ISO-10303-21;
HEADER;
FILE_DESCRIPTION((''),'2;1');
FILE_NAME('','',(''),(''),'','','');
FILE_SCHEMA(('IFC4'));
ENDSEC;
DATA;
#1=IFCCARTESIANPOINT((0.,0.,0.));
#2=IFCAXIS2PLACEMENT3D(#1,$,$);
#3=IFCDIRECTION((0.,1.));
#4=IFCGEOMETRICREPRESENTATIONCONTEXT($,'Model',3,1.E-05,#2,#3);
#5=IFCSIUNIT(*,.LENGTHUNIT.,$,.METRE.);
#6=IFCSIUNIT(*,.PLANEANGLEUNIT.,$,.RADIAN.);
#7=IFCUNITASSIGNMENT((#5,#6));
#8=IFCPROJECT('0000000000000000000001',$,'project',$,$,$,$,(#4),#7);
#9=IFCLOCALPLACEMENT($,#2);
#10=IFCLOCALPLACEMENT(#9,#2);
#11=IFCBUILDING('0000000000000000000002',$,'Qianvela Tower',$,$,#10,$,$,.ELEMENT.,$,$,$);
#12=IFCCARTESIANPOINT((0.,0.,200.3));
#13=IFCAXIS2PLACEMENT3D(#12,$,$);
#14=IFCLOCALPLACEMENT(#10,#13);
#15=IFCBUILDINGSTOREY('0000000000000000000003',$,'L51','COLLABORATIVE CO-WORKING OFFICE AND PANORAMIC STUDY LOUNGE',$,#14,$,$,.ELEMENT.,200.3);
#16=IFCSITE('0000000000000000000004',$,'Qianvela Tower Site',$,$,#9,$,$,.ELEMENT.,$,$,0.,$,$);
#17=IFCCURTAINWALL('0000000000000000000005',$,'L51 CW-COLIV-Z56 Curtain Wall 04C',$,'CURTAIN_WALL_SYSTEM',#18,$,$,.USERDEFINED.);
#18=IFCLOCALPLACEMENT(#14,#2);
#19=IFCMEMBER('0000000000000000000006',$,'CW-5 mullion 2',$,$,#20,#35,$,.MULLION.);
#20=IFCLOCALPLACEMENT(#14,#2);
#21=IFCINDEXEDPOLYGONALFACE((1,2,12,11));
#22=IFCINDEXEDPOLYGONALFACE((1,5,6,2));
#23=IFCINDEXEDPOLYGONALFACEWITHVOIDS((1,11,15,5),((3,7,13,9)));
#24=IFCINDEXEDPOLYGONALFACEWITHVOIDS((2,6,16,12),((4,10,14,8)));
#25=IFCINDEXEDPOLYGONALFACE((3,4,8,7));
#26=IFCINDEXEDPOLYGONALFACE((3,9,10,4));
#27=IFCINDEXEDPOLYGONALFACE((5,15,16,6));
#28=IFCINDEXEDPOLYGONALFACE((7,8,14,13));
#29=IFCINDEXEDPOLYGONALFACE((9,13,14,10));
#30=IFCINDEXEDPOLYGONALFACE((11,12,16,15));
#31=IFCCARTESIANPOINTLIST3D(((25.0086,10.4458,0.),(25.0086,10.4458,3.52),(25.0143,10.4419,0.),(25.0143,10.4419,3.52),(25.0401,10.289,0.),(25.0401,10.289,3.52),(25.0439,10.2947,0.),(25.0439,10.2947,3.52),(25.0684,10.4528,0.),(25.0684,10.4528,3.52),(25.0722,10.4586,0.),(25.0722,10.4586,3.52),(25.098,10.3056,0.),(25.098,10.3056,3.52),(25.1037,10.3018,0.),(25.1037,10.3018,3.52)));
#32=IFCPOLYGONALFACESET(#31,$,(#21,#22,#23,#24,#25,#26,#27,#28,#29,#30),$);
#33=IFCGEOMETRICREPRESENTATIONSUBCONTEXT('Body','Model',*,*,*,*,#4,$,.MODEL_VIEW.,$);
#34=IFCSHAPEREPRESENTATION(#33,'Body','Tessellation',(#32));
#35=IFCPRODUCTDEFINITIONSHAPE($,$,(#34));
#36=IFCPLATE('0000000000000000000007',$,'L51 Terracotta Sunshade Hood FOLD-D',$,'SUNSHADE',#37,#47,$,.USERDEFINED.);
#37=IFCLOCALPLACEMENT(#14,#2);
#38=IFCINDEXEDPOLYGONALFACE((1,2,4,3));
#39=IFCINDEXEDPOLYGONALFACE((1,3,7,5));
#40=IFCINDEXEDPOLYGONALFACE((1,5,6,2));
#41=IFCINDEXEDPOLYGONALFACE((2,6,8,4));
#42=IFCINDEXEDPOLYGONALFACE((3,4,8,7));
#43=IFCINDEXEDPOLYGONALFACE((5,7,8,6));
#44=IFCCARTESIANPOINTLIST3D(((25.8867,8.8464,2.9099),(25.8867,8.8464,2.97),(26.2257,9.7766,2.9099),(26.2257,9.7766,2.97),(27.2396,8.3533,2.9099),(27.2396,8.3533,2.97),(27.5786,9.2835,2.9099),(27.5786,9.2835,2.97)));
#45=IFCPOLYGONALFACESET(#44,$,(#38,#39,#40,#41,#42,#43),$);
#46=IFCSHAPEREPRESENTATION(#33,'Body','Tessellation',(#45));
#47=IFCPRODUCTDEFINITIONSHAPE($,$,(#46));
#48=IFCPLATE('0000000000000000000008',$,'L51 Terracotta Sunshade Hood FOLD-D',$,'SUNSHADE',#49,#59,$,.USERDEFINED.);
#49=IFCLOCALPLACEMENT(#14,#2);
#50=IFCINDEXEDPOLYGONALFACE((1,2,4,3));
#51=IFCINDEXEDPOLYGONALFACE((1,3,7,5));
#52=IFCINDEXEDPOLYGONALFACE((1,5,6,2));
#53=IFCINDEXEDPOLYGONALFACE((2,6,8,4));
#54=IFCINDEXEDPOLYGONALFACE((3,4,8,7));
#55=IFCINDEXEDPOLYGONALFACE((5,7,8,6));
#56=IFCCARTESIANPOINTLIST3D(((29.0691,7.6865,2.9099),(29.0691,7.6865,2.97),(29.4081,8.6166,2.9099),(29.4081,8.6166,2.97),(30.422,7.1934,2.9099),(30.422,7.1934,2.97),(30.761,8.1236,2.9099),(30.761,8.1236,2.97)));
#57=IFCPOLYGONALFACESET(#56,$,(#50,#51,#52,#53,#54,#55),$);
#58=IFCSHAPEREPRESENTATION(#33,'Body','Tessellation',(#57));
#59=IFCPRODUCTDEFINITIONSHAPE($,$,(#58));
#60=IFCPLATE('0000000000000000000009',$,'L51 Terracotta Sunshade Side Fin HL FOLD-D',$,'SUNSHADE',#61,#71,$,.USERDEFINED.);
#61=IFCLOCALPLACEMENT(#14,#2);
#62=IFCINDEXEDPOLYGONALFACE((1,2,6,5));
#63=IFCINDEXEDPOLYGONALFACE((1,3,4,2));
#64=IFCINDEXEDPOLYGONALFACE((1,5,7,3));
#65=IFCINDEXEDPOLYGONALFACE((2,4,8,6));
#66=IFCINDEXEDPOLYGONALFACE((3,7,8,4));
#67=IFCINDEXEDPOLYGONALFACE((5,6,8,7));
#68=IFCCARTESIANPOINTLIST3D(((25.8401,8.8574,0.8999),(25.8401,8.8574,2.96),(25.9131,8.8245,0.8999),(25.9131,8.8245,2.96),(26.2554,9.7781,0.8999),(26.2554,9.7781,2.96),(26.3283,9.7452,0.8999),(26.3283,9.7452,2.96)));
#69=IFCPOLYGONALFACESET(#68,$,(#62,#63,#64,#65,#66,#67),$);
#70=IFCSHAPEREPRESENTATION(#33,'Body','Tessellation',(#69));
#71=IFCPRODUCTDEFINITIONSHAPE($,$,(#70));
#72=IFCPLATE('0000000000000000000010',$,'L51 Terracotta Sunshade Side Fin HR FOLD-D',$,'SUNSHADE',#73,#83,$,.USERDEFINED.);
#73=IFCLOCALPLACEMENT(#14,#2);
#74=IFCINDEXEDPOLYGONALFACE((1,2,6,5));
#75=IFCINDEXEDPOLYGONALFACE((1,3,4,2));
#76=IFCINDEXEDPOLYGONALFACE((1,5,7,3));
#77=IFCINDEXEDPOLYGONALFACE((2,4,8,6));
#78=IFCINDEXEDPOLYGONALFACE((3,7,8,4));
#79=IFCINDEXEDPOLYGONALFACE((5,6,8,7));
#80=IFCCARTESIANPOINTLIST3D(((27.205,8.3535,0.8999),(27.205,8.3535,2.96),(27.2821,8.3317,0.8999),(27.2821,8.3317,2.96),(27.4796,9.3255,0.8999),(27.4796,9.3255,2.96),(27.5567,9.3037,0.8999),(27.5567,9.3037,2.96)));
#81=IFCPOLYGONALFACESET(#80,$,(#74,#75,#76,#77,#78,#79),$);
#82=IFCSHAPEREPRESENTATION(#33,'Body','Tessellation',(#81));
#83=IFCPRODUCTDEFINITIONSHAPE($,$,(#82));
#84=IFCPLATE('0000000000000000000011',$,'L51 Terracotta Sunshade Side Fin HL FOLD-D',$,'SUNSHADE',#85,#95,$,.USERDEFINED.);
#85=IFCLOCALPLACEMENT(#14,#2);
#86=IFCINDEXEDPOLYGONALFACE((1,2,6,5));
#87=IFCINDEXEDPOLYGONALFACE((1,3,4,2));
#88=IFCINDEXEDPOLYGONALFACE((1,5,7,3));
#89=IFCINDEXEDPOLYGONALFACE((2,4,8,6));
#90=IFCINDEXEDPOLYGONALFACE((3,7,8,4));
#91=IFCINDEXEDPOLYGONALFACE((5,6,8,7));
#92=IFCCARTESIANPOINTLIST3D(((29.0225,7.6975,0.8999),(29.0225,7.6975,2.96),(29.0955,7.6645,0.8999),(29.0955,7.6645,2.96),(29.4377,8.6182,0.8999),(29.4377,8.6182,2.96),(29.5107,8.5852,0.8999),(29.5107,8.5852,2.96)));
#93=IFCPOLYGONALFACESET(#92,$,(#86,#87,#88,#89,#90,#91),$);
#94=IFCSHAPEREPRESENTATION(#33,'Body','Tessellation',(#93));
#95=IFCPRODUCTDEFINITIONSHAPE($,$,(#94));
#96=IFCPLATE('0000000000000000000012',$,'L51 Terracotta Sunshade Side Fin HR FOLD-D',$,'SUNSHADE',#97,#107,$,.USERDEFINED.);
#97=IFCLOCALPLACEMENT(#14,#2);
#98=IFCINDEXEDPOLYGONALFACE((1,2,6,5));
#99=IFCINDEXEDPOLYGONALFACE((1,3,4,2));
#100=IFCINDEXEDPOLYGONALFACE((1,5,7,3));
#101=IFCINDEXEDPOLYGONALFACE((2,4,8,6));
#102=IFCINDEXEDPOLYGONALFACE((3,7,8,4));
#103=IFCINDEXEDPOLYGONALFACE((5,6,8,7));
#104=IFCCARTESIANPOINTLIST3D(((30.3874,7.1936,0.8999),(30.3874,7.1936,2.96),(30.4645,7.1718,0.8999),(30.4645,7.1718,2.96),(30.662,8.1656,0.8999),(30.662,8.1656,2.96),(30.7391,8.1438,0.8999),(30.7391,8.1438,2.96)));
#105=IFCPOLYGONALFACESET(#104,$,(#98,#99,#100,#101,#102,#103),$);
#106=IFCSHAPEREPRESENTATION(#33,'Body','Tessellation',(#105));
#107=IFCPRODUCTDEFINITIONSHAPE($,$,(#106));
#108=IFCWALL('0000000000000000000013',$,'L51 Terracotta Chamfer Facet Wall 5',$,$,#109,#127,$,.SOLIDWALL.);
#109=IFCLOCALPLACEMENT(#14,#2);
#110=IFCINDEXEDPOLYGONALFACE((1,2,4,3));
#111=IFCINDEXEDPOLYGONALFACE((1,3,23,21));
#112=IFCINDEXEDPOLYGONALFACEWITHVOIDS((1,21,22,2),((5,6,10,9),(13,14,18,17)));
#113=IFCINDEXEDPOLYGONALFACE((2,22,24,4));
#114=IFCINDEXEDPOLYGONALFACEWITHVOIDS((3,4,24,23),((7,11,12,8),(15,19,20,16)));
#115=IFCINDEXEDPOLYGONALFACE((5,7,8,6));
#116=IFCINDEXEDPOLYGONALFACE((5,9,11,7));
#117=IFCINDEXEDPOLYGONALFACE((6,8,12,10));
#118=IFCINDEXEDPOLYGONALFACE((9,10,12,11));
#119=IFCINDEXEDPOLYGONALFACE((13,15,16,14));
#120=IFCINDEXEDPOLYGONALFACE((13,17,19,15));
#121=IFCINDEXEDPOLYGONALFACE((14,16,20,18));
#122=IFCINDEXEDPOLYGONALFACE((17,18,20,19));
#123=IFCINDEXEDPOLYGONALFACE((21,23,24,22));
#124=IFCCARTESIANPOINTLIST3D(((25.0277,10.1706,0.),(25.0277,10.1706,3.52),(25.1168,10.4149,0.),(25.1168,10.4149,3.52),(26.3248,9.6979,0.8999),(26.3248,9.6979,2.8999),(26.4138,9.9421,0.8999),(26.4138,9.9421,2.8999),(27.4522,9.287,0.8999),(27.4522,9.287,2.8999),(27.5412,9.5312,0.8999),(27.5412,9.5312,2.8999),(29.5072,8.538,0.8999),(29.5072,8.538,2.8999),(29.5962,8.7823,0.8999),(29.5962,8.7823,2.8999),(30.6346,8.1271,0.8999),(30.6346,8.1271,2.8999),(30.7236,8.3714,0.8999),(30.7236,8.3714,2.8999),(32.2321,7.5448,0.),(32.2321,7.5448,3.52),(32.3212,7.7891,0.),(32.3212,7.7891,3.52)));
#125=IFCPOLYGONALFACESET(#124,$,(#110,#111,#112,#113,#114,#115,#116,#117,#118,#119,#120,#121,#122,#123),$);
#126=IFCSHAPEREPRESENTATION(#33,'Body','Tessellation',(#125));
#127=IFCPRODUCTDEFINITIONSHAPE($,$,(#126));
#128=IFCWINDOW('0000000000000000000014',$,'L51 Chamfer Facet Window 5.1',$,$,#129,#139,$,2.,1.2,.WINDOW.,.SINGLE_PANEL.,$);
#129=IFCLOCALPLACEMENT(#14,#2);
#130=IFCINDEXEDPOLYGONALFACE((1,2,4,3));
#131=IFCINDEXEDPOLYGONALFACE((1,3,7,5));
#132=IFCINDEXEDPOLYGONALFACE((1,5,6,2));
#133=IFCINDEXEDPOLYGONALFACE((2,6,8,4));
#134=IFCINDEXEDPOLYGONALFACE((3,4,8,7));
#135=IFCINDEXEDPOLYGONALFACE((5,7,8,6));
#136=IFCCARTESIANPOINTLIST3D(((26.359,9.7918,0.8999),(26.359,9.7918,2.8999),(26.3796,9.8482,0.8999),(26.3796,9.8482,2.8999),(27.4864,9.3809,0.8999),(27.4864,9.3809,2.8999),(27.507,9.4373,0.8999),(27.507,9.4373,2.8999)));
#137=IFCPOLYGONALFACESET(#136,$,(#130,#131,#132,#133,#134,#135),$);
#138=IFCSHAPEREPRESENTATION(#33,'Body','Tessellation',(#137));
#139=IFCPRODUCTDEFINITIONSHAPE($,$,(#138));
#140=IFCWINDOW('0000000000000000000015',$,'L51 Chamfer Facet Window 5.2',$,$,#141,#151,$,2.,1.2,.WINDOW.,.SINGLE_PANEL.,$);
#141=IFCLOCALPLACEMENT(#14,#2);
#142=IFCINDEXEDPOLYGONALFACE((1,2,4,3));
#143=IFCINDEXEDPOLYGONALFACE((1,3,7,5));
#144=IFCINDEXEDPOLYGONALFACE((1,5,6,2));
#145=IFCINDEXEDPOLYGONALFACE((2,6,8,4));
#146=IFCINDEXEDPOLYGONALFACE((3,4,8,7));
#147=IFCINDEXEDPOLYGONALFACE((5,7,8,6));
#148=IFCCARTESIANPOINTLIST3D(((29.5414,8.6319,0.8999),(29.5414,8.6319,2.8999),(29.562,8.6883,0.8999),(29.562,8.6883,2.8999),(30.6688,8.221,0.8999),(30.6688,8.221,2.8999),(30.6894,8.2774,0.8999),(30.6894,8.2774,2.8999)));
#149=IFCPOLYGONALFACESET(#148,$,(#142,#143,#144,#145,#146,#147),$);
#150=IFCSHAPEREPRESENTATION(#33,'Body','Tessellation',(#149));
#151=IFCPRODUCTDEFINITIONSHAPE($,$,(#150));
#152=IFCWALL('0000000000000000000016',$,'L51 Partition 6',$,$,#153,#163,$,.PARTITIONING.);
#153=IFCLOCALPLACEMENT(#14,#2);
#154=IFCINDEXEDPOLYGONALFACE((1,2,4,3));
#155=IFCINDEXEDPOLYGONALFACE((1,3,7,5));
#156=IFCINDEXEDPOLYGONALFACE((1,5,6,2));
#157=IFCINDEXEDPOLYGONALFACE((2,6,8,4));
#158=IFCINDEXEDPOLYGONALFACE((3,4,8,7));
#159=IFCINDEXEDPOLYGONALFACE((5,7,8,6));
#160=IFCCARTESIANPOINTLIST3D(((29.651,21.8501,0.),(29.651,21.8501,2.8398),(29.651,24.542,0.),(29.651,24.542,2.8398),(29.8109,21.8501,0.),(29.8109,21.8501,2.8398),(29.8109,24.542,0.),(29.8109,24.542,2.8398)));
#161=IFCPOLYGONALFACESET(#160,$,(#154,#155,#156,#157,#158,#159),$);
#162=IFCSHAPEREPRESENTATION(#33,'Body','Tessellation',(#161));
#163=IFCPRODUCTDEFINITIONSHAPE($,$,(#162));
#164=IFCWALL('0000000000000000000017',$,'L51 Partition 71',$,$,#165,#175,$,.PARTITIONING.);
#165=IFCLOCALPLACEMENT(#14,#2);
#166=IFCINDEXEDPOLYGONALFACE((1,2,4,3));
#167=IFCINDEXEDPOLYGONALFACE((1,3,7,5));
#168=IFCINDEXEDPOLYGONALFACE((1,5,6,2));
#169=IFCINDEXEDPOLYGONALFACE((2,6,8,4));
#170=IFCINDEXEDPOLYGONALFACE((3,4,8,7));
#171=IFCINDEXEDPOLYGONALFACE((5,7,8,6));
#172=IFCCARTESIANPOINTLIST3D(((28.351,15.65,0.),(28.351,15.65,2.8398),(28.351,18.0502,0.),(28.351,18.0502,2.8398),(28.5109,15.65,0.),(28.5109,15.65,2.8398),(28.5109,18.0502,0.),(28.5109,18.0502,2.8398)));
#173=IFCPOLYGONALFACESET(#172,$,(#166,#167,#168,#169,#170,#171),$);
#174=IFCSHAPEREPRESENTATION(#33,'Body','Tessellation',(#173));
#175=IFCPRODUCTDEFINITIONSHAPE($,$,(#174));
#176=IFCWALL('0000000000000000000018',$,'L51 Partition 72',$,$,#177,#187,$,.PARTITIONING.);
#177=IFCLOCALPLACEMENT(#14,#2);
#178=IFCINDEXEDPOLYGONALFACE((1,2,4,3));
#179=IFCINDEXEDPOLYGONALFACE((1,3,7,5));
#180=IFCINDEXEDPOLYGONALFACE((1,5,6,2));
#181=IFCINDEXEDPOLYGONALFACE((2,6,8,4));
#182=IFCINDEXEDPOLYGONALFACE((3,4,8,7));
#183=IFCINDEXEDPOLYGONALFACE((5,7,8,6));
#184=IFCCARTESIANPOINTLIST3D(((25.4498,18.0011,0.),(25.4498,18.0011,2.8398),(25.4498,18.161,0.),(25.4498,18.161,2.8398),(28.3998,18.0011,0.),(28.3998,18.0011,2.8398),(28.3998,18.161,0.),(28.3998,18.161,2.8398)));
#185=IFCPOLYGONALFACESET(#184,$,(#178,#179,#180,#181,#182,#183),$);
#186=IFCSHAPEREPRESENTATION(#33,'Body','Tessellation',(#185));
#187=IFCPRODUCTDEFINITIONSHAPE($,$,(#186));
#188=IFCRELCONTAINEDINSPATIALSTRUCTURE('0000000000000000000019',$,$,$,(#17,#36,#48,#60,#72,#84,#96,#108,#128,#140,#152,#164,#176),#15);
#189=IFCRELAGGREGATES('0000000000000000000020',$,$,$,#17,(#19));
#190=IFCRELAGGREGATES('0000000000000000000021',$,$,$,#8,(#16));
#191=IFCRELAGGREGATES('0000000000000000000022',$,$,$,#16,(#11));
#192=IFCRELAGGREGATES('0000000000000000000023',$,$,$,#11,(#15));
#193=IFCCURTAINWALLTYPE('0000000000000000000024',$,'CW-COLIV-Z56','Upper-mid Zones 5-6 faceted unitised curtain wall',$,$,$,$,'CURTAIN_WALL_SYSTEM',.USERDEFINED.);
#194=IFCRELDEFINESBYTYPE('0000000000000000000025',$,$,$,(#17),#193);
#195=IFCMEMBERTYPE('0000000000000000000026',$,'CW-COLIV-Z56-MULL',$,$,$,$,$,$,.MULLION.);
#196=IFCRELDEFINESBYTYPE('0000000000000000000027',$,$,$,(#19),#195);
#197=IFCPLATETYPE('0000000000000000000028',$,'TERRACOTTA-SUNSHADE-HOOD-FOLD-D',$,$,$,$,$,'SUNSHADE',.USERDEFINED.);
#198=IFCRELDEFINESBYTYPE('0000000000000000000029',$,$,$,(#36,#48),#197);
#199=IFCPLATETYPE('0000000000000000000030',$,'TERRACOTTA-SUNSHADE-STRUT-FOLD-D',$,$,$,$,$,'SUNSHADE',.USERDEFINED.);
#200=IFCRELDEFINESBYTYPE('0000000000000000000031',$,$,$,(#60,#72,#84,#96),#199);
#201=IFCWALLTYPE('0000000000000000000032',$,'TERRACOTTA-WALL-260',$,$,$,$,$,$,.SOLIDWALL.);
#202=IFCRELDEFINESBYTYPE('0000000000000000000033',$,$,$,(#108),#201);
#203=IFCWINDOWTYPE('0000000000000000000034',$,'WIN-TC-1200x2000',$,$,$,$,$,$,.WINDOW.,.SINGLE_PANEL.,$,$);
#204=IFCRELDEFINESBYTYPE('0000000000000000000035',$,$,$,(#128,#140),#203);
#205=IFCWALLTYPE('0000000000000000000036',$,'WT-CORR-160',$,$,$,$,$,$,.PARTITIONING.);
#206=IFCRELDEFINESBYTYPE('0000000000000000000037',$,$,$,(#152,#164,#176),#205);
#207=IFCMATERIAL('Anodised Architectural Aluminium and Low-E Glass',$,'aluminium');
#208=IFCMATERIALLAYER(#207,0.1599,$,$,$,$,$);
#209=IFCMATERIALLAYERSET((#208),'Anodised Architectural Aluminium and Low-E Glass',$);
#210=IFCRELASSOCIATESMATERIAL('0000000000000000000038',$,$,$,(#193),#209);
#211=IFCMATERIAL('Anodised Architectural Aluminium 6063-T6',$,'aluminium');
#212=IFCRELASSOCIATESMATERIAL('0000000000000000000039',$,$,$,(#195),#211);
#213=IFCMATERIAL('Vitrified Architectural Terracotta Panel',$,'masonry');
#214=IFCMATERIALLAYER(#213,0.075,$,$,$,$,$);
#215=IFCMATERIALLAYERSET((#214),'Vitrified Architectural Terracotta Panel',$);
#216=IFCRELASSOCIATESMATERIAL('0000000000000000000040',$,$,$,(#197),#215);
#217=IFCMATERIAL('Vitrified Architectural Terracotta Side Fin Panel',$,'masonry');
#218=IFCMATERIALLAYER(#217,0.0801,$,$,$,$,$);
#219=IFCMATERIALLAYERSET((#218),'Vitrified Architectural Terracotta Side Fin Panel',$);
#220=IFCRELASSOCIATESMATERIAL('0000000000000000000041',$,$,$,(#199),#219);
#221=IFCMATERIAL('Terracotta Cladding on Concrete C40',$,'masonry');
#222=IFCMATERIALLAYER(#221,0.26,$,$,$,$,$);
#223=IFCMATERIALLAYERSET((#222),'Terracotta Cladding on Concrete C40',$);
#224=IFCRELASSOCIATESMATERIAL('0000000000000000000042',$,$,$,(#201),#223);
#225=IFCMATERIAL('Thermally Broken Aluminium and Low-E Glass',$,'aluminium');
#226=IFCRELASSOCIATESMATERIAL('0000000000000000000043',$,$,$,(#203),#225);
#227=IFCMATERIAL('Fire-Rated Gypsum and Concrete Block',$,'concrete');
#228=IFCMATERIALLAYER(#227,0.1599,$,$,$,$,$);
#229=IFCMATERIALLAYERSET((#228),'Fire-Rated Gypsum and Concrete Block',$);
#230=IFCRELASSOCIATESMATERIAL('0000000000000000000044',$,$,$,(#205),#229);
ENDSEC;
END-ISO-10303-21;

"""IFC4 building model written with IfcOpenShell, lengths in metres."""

from ifc_helpers import new_model, si_unit, direction, frame, frame_2d, origin, origin_2d, place, context, subcontext, project, spatial, rectangle, hollow_rectangle, extrude, material, layer, layer_set, material_profile, profile_set, type_object, element, fill, aggregate, save


model = new_model("IFC4")

# Units and contexts
model_context = context("Model", 3, precision=1e-05, world=origin(), true_north=direction((0.0, 1.0)))
body_context = subcontext(model_context, "Body", "Model", "MODEL_VIEW")
ifc_project = project(units=[si_unit("LENGTHUNIT", "METRE"), si_unit("PLANEANGLEUNIT", "RADIAN")], contexts=[model_context])

# Site, building, storey
site_placement = place(None, origin())
site = spatial("IfcSite", under=ifc_project, at=site_placement, Name="Qianvela Tower Site", CompositionType="ELEMENT", RefElevation=0.0)
building_placement = place(site_placement, origin())
building = spatial("IfcBuilding", under=site, at=building_placement, Name="Qianvela Tower", CompositionType="ELEMENT")
storey_placement = place(building_placement, frame((0.0, 0.0, 200.3)))
storey = spatial("IfcBuildingStorey", under=building, at=storey_placement, Name="L51", Description="COLLABORATIVE CO-WORKING OFFICE AND PANORAMIC STUDY LOUNGE", CompositionType="ELEMENT", Elevation=200.3)

# Curtain wall, member
ifc_material_1 = material(Name="Anodised Architectural Aluminium and Low-E Glass", Category="aluminium")
ifc_layer_1 = layer(ifc_material_1, 0.1599)
ifc_layer_set_1 = layer_set([ifc_layer_1], Name="Anodised Architectural Aluminium and Low-E Glass")
curtain_wall_type = type_object("IfcCurtainWallType", Name="CW-COLIV-Z56", Description="Upper-mid Zones 5-6 faceted unitised curtain wall", ElementType="CURTAIN_WALL_SYSTEM", PredefinedType="USERDEFINED", material=ifc_layer_set_1)
curtain_wall_placement = place(storey_placement, origin())
curtain_wall = element("IfcCurtainWall", 1, at=curtain_wall_placement, inside=storey, type_object=curtain_wall_type, Name="L51 CW-COLIV-Z56 Curtain Wall 04C", ObjectType="CURTAIN_WALL_SYSTEM", PredefinedType="USERDEFINED")
ifc_material_2 = material(Name="Anodised Architectural Aluminium 6063-T6", Category="aluminium")
ifc_material_profile = material_profile(ifc_material_2, hollow_rectangle(XDim=0.0649, YDim=0.1599, WallThickness=0.0049, at=origin_2d()), Name="ALU-MULL-65x160")
ifc_profile_set = profile_set([ifc_material_profile], Name="Anodised Architectural Aluminium 6063-T6")
member_type = type_object("IfcMemberType", Name="CW-COLIV-Z56-MULL", PredefinedType="MULLION", material=ifc_profile_set)
member_placement = place(storey_placement, frame((25.0562, 10.3738, 0.0), z_axis=(0.0, 0.0, 1.0), x_axis=(0.980407, 0.196982, 0.0)))
member = element("IfcMember", 2, at=member_placement, type_object=member_type, Name="CW-5 mullion 2", PredefinedType="MULLION", context=body_context, shape_type="SweptSolid", body=[
    extrude(hollow_rectangle(XDim=0.0649, YDim=0.1599, WallThickness=0.0049, at=origin_2d()), origin(), (0.0, 0.0, 1.0), 3.52),
])
aggregate(curtain_wall, [member])

# Plates
ifc_material_3 = material(Name="Vitrified Architectural Terracotta Panel", Category="masonry")
ifc_layer_2 = layer(ifc_material_3, 0.075)
ifc_layer_set_2 = layer_set([ifc_layer_2], Name="Vitrified Architectural Terracotta Panel")
plate_type_1 = type_object("IfcPlateType", Name="TERRACOTTA-SUNSHADE-HOOD-FOLD-D", ElementType="SUNSHADE", PredefinedType="USERDEFINED", material=ifc_layer_set_2)
for number, where, z_axis, x_axis, name in (
    (3, (26.7327, 9.0649, 2.9099), (0.0, 0.0, 1.0), (0.93954, -0.34244, 0.0), "L51 Terracotta Sunshade Hood FOLD-D"),
    (4, (29.915, 7.905, 2.9099), (0.0, 0.0, 1.0), (0.93954, -0.34244, 0.0), "L51 Terracotta Sunshade Hood FOLD-D"),
):
    element("IfcPlate", number, at=place(storey_placement, frame(where, z_axis=z_axis, x_axis=x_axis)), inside=storey, type_object=plate_type_1, Name=name, ObjectType="SUNSHADE", PredefinedType="USERDEFINED", context=body_context, shape_type="SweptSolid", body=[
        extrude(rectangle(XDim=1.4399, YDim=0.99, at=origin_2d()), origin(), (0.0, 0.0, 1.0), 0.0601),
    ])
ifc_material_4 = material(Name="Vitrified Architectural Terracotta Side Fin Panel", Category="masonry")
ifc_layer_3 = layer(ifc_material_4, 0.0801)
ifc_layer_set_3 = layer_set([ifc_layer_3], Name="Vitrified Architectural Terracotta Side Fin Panel")
plate_type_2 = type_object("IfcPlateType", Name="TERRACOTTA-SUNSHADE-STRUT-FOLD-D", ElementType="SUNSHADE", PredefinedType="USERDEFINED", material=ifc_layer_set_3)
for number, where, z_axis, x_axis, name in (
    (5, (26.0842, 9.3013, 0.8999), (0.0, 0.0, 1.0), (0.911578, -0.411126, 0.0), "L51 Terracotta Sunshade Side Fin HL FOLD-D"),
    (6, (27.3809, 8.8286, 0.8999), (0.0, 0.0, 1.0), (0.962334, -0.27187, 0.0), "L51 Terracotta Sunshade Side Fin HR FOLD-D"),
    (7, (29.2666, 8.1414, 0.8999), (0.0, 0.0, 1.0), (0.911578, -0.411126, 0.0), "L51 Terracotta Sunshade Side Fin HL FOLD-D"),
    (8, (30.5632, 7.6687, 0.8999), (0.0, 0.0, 1.0), (0.962334, -0.27187, 0.0), "L51 Terracotta Sunshade Side Fin HR FOLD-D"),
):
    element("IfcPlate", number, at=place(storey_placement, frame(where, z_axis=z_axis, x_axis=x_axis)), inside=storey, type_object=plate_type_2, Name=name, ObjectType="SUNSHADE", PredefinedType="USERDEFINED", context=body_context, shape_type="SweptSolid", body=[
        extrude(rectangle(XDim=0.0801, YDim=1.01, at=origin_2d()), origin(), (0.0, 0.0, 1.0), 2.0601),
    ])

# Wall, openings, windows
ifc_material_5 = material(Name="Terracotta Cladding on Concrete C40", Category="masonry")
ifc_layer_4 = layer(ifc_material_5, 0.26)
ifc_layer_set_4 = layer_set([ifc_layer_4], Name="Terracotta Cladding on Concrete C40")
wall_type_1 = type_object("IfcWallType", Name="TERRACOTTA-WALL-260", PredefinedType="SOLIDWALL", material=ifc_layer_set_4)
wall_1_placement = place(storey_placement, frame((25.0723, 10.2927, 0.0), z_axis=(0.0, 0.0, 1.0), x_axis=(0.939543, -0.342431, 0.0)))
wall_1 = element("IfcWall", 9, at=wall_1_placement, inside=storey, type_object=wall_type_1, Name="L51 Terracotta Chamfer Facet Wall 5", PredefinedType="SOLIDWALL", context=body_context, shape_type="SweptSolid", body=[
    extrude(rectangle(XDim=7.668, YDim=0.26, at=frame_2d((3.834, 0.0))), origin(), (0.0, 0.0, 1.0), 3.52),
])
opening_1_placement = place(wall_1_placement, frame((1.3804, 0.0, 0.8999)))
opening_1 = element("IfcOpeningElement", 10, at=opening_1_placement, cuts=wall_1, PredefinedType="OPENING", context=body_context, shape_type="SweptSolid", body=[
    extrude(rectangle(XDim=1.2, YDim=2.0, at=frame_2d((0.6001, 1.0))), frame((0.0, 0.1399, 0.0), z_axis=(0.0, -1.0, 0.0), x_axis=(1.0, 0.0, 0.0)), (0.0, 0.0, 1.0), 0.28),
])
opening_2_placement = place(wall_1_placement, frame((4.7676, 0.0, 0.8999)))
opening_2 = element("IfcOpeningElement", 11, at=opening_2_placement, cuts=wall_1, PredefinedType="OPENING", context=body_context, shape_type="SweptSolid", body=[
    extrude(rectangle(XDim=1.2, YDim=2.0, at=frame_2d((0.6001, 1.0))), frame((0.0, 0.1399, 0.0), z_axis=(0.0, -1.0, 0.0), x_axis=(1.0, 0.0, 0.0)), (0.0, 0.0, 1.0), 0.28),
])
ifc_material_6 = material(Name="Thermally Broken Aluminium and Low-E Glass", Category="aluminium")
window_type = type_object("IfcWindowType", Name="WIN-TC-1200x2000", PartitioningType="SINGLE_PANEL", PredefinedType="WINDOW", material=ifc_material_6)
window_1_placement = place(opening_1_placement, origin())
window_1 = element("IfcWindow", 12, at=window_1_placement, inside=storey, type_object=window_type, Name="L51 Chamfer Facet Window 5.1", OverallHeight=2.0, OverallWidth=1.2, PartitioningType="SINGLE_PANEL", PredefinedType="WINDOW", context=body_context, shape_type="SweptSolid", body=[
    extrude(rectangle(XDim=1.2, YDim=2.0, at=frame_2d((0.6001, 1.0))), frame((0.0, 0.03, 0.0), z_axis=(0.0, -1.0, 0.0), x_axis=(1.0, 0.0, 0.0)), (0.0, 0.0, 1.0), 0.0601),
])
fill(opening_1, window_1)
window_2_placement = place(opening_2_placement, origin())
window_2 = element("IfcWindow", 13, at=window_2_placement, inside=storey, type_object=window_type, Name="L51 Chamfer Facet Window 5.2", OverallHeight=2.0, OverallWidth=1.2, PartitioningType="SINGLE_PANEL", PredefinedType="WINDOW", context=body_context, shape_type="SweptSolid", body=[
    extrude(rectangle(XDim=1.2, YDim=2.0, at=frame_2d((0.6001, 1.0))), frame((0.0, 0.03, 0.0), z_axis=(0.0, -1.0, 0.0), x_axis=(1.0, 0.0, 0.0)), (0.0, 0.0, 1.0), 0.0601),
])
fill(opening_2, window_2)

# Walls
ifc_material_7 = material(Name="Fire-Rated Gypsum and Concrete Block", Category="concrete")
ifc_layer_5 = layer(ifc_material_7, 0.1599)
ifc_layer_set_5 = layer_set([ifc_layer_5], Name="Fire-Rated Gypsum and Concrete Block")
wall_type_2 = type_object("IfcWallType", Name="WT-CORR-160", PredefinedType="PARTITIONING", material=ifc_layer_set_5)
wall_2_placement = place(storey_placement, frame((29.731, 21.8501, 0.0), z_axis=(0.0, 0.0, 1.0), x_axis=(0.0, 1.0, 0.0)))
element("IfcWall", 14, at=wall_2_placement, inside=storey, type_object=wall_type_2, Name="L51 Partition 6", PredefinedType="PARTITIONING", context=body_context, shape_type="SweptSolid", body=[
    extrude(rectangle(XDim=2.6919, YDim=0.1599, at=frame_2d((1.3459, 0.0))), origin(), (0.0, 0.0, 1.0), 2.8398),
])
wall_3_placement = place(storey_placement, frame((28.4309, 15.6499, 0.0), z_axis=(0.0, 0.0, 1.0), x_axis=(0.0, 1.0, 0.0)))
element("IfcWall", 15, at=wall_3_placement, inside=storey, type_object=wall_type_2, Name="L51 Partition 71", PredefinedType="PARTITIONING", context=body_context, shape_type="SweptSolid", body=[
    extrude(rectangle(XDim=2.4001, YDim=0.1599, at=frame_2d((1.2002, 0.0))), origin(), (0.0, 0.0, 1.0), 2.8398),
])
wall_4_placement = place(storey_placement, frame((28.3999, 18.0811, 0.0), z_axis=(0.0, 0.0, 1.0), x_axis=(-1.0, 0.0, 0.0)))
element("IfcWall", 16, at=wall_4_placement, inside=storey, type_object=wall_type_2, Name="L51 Partition 72", PredefinedType="PARTITIONING", context=body_context, shape_type="SweptSolid", body=[
    extrude(rectangle(XDim=2.95, YDim=0.1599, at=frame_2d((1.4751, 0.0))), origin(), (0.0, 0.0, 1.0), 2.8398),
])

save(model, "model.ifc")
